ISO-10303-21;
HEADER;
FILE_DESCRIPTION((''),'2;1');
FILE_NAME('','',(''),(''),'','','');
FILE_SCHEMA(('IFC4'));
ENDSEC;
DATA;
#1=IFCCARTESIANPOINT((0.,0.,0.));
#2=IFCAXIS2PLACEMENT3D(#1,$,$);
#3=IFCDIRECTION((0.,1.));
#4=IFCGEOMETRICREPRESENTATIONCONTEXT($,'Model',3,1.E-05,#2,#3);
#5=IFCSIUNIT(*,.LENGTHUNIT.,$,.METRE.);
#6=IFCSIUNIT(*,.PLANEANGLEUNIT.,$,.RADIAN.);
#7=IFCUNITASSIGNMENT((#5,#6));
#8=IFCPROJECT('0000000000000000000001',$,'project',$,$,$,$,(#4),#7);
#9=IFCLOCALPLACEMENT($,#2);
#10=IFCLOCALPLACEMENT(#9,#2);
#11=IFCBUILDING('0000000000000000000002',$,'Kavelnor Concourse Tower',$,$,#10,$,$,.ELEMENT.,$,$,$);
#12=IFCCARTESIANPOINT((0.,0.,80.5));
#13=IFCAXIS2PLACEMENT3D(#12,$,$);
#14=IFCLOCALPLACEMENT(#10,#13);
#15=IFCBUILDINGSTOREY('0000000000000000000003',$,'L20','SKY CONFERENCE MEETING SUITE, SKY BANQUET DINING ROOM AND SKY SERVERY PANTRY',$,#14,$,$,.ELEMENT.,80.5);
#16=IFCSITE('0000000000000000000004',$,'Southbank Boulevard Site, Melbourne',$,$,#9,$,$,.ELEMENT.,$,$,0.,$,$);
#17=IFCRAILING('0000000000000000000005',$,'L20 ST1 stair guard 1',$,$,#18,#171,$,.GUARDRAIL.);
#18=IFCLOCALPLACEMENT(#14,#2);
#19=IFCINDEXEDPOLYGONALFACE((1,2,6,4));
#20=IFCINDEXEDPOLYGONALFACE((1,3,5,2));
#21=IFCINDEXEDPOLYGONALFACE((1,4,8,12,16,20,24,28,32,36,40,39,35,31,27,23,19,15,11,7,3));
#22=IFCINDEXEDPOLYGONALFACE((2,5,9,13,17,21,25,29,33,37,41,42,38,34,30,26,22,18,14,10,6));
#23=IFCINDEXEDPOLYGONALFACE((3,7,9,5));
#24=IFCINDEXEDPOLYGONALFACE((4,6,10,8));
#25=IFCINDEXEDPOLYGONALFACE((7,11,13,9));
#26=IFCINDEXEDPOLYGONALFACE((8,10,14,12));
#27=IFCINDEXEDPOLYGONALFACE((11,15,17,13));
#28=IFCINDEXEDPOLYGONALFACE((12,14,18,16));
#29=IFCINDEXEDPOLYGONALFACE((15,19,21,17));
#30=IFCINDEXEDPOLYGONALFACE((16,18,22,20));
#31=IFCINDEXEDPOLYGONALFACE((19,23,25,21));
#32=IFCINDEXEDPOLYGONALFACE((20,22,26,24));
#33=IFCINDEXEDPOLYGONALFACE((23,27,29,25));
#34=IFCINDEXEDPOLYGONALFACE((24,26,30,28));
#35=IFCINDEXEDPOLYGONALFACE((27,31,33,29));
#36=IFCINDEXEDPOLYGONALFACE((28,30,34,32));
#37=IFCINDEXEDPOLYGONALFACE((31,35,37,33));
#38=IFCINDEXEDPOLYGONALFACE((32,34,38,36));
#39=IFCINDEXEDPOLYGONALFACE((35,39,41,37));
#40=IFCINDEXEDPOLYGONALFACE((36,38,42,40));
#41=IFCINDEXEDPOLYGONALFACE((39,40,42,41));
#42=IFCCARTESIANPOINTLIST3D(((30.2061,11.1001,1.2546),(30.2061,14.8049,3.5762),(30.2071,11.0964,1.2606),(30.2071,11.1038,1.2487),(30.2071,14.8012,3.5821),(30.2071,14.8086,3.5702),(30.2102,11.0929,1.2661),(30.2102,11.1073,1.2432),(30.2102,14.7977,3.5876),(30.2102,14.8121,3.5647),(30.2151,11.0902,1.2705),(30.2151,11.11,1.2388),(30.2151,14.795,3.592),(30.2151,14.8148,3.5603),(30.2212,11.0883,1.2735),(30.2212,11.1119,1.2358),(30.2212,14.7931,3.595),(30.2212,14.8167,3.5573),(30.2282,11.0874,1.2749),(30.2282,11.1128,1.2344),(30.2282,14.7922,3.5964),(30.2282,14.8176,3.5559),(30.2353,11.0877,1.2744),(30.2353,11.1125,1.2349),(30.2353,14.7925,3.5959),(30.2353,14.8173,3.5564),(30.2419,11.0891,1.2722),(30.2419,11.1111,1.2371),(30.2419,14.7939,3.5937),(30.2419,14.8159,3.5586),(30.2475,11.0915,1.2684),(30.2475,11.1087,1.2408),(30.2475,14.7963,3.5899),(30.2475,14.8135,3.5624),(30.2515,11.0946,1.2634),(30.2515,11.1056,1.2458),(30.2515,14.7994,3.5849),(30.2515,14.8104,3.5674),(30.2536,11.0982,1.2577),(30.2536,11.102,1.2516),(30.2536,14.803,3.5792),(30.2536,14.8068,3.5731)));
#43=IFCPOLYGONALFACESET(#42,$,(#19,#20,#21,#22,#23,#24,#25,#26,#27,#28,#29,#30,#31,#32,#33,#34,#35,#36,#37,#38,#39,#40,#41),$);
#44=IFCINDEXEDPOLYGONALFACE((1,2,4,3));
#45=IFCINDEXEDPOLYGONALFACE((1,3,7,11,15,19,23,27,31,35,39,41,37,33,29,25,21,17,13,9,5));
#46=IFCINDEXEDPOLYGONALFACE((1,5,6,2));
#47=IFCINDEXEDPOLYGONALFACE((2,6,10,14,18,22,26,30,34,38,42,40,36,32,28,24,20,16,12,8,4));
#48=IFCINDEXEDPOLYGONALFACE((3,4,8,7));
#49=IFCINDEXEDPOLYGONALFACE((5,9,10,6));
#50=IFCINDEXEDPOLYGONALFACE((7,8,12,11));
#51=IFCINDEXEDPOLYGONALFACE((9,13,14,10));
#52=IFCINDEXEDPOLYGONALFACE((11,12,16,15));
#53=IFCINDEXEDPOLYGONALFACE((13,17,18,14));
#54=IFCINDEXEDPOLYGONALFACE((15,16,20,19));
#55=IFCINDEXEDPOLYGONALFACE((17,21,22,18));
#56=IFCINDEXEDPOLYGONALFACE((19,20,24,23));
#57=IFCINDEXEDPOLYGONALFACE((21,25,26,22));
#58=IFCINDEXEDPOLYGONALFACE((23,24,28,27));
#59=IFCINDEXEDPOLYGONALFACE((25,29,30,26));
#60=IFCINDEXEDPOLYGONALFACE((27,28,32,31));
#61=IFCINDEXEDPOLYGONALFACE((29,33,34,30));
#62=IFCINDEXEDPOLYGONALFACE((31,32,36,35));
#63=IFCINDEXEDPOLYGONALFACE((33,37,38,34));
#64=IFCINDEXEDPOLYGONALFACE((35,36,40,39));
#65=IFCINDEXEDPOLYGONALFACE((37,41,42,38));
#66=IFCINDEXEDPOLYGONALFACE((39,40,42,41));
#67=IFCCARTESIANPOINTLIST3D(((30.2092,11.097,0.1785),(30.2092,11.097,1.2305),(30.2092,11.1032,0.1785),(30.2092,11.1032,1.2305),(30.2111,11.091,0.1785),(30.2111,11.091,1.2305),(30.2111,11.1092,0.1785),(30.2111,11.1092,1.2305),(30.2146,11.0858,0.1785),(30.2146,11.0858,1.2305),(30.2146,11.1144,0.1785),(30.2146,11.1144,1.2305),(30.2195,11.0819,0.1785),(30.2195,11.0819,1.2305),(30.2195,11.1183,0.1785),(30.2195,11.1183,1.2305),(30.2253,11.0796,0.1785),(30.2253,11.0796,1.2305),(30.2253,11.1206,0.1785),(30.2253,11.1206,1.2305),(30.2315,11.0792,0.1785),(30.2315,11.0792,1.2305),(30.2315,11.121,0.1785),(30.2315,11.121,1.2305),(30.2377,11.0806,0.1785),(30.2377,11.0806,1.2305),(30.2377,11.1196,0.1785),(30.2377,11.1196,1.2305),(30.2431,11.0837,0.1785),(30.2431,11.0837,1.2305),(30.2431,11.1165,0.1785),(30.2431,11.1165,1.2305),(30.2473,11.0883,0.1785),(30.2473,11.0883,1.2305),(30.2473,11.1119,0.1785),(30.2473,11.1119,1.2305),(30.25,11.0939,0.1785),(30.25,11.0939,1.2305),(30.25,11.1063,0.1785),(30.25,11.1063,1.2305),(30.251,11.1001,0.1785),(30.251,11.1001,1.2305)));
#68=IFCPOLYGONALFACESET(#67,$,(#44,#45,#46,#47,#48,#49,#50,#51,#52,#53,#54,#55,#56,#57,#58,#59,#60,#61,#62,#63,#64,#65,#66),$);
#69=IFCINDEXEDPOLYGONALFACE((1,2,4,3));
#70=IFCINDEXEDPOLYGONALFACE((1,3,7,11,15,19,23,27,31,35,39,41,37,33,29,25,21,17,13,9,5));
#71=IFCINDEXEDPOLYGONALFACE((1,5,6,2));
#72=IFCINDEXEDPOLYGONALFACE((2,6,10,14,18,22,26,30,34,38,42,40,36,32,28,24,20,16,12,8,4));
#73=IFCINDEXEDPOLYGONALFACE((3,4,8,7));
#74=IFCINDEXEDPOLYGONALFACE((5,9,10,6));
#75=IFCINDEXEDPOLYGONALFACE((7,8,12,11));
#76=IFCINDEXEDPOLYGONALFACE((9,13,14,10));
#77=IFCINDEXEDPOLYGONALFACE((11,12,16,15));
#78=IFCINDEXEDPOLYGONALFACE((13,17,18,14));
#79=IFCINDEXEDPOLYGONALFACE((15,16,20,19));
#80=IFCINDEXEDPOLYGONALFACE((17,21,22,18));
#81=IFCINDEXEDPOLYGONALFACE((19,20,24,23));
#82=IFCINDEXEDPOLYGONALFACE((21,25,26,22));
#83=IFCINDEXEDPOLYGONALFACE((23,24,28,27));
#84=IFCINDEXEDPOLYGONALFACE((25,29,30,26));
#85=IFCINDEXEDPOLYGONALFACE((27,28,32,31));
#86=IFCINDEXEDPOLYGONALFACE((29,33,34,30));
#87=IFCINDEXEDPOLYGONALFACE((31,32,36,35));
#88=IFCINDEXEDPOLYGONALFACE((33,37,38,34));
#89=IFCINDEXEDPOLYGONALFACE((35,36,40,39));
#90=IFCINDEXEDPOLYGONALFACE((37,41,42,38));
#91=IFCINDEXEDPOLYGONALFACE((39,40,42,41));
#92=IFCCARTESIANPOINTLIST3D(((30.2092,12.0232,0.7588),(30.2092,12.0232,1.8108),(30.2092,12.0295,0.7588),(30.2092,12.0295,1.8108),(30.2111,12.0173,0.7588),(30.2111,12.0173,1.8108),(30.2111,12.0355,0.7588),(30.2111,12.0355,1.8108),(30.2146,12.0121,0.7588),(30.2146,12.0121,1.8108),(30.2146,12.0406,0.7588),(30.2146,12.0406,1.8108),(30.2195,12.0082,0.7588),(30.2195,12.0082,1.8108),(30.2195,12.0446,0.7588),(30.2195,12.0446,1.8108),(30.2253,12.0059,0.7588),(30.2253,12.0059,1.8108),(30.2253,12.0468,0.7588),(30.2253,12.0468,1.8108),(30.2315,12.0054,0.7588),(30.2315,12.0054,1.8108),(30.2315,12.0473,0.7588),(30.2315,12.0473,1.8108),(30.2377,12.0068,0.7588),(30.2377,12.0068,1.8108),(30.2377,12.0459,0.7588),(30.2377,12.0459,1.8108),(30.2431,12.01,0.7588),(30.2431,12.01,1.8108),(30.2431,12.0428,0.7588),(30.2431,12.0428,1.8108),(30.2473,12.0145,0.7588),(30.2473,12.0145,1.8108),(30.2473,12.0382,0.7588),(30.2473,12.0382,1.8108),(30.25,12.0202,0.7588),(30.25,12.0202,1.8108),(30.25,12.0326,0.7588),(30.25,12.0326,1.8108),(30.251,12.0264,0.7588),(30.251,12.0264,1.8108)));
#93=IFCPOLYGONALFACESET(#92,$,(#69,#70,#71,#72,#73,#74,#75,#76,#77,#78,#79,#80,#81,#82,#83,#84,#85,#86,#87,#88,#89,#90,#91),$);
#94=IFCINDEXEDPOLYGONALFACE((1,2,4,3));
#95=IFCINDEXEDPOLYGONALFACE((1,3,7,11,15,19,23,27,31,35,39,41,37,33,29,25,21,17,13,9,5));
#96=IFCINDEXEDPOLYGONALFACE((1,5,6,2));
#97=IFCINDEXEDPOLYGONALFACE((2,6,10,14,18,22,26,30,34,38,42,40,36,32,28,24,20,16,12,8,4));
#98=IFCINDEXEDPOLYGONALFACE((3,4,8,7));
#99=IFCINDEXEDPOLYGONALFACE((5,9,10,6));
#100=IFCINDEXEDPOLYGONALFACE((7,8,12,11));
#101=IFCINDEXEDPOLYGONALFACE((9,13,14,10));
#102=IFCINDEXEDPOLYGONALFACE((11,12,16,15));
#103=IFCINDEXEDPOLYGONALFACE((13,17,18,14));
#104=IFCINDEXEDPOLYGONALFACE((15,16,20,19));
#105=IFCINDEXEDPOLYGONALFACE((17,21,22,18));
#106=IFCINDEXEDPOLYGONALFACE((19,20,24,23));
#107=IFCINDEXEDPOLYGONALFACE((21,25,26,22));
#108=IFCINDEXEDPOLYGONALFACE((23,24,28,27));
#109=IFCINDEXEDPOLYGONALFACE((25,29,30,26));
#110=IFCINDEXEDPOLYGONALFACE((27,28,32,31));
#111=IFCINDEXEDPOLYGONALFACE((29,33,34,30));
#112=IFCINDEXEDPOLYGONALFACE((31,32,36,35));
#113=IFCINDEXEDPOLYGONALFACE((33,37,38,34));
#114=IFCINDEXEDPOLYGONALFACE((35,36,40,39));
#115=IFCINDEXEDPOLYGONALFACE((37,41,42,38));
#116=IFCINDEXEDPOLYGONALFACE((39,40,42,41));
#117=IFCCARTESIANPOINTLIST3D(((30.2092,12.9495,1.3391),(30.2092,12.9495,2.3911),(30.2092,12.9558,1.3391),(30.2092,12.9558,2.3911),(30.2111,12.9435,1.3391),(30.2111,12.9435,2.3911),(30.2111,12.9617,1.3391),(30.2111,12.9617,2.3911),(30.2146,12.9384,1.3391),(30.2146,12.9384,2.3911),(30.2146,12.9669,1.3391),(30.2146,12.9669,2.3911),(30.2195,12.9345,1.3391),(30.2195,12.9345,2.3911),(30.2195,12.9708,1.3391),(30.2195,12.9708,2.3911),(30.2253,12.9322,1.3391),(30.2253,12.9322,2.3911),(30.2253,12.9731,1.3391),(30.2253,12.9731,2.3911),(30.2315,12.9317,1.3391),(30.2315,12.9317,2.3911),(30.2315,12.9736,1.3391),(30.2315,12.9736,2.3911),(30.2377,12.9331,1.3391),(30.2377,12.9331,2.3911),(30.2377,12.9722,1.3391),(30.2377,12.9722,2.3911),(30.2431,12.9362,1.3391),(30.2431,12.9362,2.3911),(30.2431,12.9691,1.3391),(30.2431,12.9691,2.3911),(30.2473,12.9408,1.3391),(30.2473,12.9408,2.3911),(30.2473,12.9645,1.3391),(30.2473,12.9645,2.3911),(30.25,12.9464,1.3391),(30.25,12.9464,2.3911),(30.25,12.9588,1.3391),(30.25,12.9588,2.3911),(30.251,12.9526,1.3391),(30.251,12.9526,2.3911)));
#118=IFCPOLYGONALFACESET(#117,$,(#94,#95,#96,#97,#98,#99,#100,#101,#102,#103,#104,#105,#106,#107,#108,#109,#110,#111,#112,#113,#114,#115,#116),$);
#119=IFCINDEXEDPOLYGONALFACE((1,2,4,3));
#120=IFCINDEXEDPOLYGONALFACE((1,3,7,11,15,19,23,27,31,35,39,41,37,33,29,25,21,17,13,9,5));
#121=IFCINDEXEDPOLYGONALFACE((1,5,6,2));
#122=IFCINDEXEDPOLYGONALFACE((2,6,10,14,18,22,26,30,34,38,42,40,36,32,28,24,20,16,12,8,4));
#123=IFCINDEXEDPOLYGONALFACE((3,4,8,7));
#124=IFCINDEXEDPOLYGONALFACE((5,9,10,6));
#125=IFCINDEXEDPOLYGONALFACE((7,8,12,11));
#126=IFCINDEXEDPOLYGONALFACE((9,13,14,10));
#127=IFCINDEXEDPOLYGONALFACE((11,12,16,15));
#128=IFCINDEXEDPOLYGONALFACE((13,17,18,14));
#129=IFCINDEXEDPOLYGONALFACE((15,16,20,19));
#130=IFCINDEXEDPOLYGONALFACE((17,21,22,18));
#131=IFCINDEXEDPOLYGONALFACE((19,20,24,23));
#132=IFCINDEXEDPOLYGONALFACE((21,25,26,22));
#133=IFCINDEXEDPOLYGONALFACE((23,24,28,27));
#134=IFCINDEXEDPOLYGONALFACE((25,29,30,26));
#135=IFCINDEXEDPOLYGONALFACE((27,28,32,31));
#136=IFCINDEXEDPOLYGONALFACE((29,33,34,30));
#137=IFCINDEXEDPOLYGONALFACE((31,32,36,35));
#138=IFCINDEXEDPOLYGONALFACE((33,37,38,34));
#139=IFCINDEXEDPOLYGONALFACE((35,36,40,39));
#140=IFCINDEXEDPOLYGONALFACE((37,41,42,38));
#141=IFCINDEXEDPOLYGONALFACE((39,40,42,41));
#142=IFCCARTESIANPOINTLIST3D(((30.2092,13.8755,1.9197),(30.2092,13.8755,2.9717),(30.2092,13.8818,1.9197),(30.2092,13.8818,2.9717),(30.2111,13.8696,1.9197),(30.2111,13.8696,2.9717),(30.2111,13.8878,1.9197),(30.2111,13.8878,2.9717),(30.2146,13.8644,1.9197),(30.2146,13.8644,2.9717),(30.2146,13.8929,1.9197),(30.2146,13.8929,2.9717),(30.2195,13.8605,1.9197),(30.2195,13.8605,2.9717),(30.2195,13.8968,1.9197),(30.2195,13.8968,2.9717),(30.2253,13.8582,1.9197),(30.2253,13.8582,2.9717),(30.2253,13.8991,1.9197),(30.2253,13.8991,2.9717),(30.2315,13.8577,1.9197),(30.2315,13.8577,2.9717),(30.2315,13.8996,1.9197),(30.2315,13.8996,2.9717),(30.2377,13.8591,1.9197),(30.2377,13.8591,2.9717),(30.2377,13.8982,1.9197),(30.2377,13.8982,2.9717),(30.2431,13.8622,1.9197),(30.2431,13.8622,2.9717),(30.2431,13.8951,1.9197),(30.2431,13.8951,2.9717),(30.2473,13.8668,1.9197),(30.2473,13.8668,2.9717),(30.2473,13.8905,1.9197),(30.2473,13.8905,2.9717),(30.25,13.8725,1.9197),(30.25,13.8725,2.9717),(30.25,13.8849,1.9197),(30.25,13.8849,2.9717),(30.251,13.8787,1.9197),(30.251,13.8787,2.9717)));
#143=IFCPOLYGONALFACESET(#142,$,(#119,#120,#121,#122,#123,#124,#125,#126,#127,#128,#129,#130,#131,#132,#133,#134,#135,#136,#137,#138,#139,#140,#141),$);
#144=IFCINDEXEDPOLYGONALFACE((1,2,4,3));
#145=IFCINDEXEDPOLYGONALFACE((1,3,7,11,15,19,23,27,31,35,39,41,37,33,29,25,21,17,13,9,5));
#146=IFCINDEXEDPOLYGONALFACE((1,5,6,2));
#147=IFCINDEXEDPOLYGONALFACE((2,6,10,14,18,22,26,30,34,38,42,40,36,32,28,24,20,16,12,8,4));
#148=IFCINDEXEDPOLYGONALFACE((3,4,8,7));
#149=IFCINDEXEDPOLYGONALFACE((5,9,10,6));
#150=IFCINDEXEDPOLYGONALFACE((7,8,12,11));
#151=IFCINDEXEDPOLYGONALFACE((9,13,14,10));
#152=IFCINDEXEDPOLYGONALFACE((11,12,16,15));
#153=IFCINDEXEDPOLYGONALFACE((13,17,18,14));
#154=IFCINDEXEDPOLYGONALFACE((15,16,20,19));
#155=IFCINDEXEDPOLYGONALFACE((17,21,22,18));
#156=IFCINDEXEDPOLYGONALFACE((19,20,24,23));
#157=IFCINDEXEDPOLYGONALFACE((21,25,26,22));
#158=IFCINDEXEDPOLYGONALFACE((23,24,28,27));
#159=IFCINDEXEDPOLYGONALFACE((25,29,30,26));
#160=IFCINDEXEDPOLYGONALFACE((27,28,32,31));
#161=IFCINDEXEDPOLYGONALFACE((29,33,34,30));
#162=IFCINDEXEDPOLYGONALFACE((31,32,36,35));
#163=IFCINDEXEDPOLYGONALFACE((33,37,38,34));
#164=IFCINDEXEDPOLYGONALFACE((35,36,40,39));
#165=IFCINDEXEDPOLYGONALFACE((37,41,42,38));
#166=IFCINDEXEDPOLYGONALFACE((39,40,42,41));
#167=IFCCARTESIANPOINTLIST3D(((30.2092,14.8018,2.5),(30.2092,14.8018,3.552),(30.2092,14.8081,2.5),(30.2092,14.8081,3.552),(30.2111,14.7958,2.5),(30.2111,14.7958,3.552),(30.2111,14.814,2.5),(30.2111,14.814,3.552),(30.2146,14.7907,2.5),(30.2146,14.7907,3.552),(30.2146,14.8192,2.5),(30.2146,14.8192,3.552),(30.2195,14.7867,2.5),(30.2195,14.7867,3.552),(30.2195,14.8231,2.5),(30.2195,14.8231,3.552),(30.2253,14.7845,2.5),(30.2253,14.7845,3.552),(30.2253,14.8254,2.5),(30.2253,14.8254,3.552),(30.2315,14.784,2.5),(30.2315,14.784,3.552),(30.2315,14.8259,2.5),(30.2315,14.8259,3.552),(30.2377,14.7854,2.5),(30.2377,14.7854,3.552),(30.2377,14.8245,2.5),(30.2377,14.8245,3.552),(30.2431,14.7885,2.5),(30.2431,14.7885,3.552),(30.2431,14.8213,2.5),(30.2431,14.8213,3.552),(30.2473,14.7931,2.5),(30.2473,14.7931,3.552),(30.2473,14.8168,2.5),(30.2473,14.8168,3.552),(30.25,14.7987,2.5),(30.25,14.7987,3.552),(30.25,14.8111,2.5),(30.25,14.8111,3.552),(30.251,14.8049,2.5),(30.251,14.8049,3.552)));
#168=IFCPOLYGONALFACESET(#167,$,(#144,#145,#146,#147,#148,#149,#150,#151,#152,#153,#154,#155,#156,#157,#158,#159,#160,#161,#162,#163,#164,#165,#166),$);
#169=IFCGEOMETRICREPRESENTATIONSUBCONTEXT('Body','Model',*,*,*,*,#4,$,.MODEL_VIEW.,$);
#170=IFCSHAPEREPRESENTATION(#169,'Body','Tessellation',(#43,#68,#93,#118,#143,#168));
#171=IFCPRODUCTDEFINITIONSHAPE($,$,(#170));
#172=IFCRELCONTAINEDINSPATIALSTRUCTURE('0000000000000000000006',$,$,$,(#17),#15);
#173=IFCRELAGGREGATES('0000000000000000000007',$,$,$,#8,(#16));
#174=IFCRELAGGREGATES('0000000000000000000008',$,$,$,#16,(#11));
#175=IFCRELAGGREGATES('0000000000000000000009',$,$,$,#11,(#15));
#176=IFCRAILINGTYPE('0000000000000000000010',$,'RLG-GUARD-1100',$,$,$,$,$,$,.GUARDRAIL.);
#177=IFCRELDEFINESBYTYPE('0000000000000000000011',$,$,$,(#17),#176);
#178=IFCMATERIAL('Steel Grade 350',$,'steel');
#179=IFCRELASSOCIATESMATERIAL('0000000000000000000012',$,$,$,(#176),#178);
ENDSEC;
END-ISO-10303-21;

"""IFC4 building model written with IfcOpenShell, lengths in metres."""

from ifc_helpers import new_model, si_unit, direction, frame, origin, origin_2d, place, context, subcontext, project, spatial, circle, extrude, material, type_object, element, save


model = new_model("IFC4")

# Units and contexts
model_context = context("Model", 3, precision=1e-05, world=origin(), true_north=direction((0.0, 1.0)))
body_context = subcontext(model_context, "Body", "Model", "MODEL_VIEW")
ifc_project = project(units=[si_unit("LENGTHUNIT", "METRE"), si_unit("PLANEANGLEUNIT", "RADIAN")], contexts=[model_context])

# Site, building, storey
site_placement = place(None, origin())
site = spatial("IfcSite", under=ifc_project, at=site_placement, Name="Southbank Boulevard Site, Melbourne", CompositionType="ELEMENT", RefElevation=0.0)
building_placement = place(site_placement, origin())
building = spatial("IfcBuilding", under=site, at=building_placement, Name="Kavelnor Concourse Tower", CompositionType="ELEMENT")
storey_placement = place(building_placement, frame((0.0, 0.0, 80.5)))
storey = spatial("IfcBuildingStorey", under=building, at=storey_placement, Name="L20", Description="SKY CONFERENCE MEETING SUITE, SKY BANQUET DINING ROOM AND SKY SERVERY PANTRY", CompositionType="ELEMENT", Elevation=80.5)

# Shared definitions
ifc_material_1 = material(Name="Steel Grade 350", Category="steel")

# Railing
railing_type_1 = type_object("IfcRailingType", Name="RLG-GUARD-1100", PredefinedType="GUARDRAIL", material=ifc_material_1)
railing_1_placement = place(storey_placement, frame((30.23, 11.1001, 0.1785)))
element("IfcRailing", 1, at=railing_1_placement, inside=storey, type_object=railing_type_1, Name="L20 ST1 stair guard 1", PredefinedType="GUARDRAIL", context=body_context, shape_type="SweptSolid", body=[
    extrude(circle(Radius=0.0239, at=origin_2d()), frame((0.0, 0.0, 1.0762), z_axis=(0.0, 0.84738, 0.530987), x_axis=(-1.0, 0.0, 0.0)), (0.0, 0.0, 1.0), 4.3721),
    extrude(circle(Radius=0.021, at=origin_2d()), origin(), (0.0, 0.0, 1.0), 1.052),
    extrude(circle(Radius=0.021, at=origin_2d()), frame((0.0, 0.9263, 0.5803)), (0.0, 0.0, 1.0), 1.052),
    extrude(circle(Radius=0.021, at=origin_2d()), frame((0.0, 1.8525, 1.1606)), (0.0, 0.0, 1.0), 1.052),
    extrude(circle(Radius=0.021, at=origin_2d()), frame((0.0, 2.7786, 1.7412)), (0.0, 0.0, 1.0), 1.052),
    extrude(circle(Radius=0.021, at=origin_2d()), frame((0.0, 3.7048, 2.3215)), (0.0, 0.0, 1.0), 1.052),
])

save(model, "model.ifc")
